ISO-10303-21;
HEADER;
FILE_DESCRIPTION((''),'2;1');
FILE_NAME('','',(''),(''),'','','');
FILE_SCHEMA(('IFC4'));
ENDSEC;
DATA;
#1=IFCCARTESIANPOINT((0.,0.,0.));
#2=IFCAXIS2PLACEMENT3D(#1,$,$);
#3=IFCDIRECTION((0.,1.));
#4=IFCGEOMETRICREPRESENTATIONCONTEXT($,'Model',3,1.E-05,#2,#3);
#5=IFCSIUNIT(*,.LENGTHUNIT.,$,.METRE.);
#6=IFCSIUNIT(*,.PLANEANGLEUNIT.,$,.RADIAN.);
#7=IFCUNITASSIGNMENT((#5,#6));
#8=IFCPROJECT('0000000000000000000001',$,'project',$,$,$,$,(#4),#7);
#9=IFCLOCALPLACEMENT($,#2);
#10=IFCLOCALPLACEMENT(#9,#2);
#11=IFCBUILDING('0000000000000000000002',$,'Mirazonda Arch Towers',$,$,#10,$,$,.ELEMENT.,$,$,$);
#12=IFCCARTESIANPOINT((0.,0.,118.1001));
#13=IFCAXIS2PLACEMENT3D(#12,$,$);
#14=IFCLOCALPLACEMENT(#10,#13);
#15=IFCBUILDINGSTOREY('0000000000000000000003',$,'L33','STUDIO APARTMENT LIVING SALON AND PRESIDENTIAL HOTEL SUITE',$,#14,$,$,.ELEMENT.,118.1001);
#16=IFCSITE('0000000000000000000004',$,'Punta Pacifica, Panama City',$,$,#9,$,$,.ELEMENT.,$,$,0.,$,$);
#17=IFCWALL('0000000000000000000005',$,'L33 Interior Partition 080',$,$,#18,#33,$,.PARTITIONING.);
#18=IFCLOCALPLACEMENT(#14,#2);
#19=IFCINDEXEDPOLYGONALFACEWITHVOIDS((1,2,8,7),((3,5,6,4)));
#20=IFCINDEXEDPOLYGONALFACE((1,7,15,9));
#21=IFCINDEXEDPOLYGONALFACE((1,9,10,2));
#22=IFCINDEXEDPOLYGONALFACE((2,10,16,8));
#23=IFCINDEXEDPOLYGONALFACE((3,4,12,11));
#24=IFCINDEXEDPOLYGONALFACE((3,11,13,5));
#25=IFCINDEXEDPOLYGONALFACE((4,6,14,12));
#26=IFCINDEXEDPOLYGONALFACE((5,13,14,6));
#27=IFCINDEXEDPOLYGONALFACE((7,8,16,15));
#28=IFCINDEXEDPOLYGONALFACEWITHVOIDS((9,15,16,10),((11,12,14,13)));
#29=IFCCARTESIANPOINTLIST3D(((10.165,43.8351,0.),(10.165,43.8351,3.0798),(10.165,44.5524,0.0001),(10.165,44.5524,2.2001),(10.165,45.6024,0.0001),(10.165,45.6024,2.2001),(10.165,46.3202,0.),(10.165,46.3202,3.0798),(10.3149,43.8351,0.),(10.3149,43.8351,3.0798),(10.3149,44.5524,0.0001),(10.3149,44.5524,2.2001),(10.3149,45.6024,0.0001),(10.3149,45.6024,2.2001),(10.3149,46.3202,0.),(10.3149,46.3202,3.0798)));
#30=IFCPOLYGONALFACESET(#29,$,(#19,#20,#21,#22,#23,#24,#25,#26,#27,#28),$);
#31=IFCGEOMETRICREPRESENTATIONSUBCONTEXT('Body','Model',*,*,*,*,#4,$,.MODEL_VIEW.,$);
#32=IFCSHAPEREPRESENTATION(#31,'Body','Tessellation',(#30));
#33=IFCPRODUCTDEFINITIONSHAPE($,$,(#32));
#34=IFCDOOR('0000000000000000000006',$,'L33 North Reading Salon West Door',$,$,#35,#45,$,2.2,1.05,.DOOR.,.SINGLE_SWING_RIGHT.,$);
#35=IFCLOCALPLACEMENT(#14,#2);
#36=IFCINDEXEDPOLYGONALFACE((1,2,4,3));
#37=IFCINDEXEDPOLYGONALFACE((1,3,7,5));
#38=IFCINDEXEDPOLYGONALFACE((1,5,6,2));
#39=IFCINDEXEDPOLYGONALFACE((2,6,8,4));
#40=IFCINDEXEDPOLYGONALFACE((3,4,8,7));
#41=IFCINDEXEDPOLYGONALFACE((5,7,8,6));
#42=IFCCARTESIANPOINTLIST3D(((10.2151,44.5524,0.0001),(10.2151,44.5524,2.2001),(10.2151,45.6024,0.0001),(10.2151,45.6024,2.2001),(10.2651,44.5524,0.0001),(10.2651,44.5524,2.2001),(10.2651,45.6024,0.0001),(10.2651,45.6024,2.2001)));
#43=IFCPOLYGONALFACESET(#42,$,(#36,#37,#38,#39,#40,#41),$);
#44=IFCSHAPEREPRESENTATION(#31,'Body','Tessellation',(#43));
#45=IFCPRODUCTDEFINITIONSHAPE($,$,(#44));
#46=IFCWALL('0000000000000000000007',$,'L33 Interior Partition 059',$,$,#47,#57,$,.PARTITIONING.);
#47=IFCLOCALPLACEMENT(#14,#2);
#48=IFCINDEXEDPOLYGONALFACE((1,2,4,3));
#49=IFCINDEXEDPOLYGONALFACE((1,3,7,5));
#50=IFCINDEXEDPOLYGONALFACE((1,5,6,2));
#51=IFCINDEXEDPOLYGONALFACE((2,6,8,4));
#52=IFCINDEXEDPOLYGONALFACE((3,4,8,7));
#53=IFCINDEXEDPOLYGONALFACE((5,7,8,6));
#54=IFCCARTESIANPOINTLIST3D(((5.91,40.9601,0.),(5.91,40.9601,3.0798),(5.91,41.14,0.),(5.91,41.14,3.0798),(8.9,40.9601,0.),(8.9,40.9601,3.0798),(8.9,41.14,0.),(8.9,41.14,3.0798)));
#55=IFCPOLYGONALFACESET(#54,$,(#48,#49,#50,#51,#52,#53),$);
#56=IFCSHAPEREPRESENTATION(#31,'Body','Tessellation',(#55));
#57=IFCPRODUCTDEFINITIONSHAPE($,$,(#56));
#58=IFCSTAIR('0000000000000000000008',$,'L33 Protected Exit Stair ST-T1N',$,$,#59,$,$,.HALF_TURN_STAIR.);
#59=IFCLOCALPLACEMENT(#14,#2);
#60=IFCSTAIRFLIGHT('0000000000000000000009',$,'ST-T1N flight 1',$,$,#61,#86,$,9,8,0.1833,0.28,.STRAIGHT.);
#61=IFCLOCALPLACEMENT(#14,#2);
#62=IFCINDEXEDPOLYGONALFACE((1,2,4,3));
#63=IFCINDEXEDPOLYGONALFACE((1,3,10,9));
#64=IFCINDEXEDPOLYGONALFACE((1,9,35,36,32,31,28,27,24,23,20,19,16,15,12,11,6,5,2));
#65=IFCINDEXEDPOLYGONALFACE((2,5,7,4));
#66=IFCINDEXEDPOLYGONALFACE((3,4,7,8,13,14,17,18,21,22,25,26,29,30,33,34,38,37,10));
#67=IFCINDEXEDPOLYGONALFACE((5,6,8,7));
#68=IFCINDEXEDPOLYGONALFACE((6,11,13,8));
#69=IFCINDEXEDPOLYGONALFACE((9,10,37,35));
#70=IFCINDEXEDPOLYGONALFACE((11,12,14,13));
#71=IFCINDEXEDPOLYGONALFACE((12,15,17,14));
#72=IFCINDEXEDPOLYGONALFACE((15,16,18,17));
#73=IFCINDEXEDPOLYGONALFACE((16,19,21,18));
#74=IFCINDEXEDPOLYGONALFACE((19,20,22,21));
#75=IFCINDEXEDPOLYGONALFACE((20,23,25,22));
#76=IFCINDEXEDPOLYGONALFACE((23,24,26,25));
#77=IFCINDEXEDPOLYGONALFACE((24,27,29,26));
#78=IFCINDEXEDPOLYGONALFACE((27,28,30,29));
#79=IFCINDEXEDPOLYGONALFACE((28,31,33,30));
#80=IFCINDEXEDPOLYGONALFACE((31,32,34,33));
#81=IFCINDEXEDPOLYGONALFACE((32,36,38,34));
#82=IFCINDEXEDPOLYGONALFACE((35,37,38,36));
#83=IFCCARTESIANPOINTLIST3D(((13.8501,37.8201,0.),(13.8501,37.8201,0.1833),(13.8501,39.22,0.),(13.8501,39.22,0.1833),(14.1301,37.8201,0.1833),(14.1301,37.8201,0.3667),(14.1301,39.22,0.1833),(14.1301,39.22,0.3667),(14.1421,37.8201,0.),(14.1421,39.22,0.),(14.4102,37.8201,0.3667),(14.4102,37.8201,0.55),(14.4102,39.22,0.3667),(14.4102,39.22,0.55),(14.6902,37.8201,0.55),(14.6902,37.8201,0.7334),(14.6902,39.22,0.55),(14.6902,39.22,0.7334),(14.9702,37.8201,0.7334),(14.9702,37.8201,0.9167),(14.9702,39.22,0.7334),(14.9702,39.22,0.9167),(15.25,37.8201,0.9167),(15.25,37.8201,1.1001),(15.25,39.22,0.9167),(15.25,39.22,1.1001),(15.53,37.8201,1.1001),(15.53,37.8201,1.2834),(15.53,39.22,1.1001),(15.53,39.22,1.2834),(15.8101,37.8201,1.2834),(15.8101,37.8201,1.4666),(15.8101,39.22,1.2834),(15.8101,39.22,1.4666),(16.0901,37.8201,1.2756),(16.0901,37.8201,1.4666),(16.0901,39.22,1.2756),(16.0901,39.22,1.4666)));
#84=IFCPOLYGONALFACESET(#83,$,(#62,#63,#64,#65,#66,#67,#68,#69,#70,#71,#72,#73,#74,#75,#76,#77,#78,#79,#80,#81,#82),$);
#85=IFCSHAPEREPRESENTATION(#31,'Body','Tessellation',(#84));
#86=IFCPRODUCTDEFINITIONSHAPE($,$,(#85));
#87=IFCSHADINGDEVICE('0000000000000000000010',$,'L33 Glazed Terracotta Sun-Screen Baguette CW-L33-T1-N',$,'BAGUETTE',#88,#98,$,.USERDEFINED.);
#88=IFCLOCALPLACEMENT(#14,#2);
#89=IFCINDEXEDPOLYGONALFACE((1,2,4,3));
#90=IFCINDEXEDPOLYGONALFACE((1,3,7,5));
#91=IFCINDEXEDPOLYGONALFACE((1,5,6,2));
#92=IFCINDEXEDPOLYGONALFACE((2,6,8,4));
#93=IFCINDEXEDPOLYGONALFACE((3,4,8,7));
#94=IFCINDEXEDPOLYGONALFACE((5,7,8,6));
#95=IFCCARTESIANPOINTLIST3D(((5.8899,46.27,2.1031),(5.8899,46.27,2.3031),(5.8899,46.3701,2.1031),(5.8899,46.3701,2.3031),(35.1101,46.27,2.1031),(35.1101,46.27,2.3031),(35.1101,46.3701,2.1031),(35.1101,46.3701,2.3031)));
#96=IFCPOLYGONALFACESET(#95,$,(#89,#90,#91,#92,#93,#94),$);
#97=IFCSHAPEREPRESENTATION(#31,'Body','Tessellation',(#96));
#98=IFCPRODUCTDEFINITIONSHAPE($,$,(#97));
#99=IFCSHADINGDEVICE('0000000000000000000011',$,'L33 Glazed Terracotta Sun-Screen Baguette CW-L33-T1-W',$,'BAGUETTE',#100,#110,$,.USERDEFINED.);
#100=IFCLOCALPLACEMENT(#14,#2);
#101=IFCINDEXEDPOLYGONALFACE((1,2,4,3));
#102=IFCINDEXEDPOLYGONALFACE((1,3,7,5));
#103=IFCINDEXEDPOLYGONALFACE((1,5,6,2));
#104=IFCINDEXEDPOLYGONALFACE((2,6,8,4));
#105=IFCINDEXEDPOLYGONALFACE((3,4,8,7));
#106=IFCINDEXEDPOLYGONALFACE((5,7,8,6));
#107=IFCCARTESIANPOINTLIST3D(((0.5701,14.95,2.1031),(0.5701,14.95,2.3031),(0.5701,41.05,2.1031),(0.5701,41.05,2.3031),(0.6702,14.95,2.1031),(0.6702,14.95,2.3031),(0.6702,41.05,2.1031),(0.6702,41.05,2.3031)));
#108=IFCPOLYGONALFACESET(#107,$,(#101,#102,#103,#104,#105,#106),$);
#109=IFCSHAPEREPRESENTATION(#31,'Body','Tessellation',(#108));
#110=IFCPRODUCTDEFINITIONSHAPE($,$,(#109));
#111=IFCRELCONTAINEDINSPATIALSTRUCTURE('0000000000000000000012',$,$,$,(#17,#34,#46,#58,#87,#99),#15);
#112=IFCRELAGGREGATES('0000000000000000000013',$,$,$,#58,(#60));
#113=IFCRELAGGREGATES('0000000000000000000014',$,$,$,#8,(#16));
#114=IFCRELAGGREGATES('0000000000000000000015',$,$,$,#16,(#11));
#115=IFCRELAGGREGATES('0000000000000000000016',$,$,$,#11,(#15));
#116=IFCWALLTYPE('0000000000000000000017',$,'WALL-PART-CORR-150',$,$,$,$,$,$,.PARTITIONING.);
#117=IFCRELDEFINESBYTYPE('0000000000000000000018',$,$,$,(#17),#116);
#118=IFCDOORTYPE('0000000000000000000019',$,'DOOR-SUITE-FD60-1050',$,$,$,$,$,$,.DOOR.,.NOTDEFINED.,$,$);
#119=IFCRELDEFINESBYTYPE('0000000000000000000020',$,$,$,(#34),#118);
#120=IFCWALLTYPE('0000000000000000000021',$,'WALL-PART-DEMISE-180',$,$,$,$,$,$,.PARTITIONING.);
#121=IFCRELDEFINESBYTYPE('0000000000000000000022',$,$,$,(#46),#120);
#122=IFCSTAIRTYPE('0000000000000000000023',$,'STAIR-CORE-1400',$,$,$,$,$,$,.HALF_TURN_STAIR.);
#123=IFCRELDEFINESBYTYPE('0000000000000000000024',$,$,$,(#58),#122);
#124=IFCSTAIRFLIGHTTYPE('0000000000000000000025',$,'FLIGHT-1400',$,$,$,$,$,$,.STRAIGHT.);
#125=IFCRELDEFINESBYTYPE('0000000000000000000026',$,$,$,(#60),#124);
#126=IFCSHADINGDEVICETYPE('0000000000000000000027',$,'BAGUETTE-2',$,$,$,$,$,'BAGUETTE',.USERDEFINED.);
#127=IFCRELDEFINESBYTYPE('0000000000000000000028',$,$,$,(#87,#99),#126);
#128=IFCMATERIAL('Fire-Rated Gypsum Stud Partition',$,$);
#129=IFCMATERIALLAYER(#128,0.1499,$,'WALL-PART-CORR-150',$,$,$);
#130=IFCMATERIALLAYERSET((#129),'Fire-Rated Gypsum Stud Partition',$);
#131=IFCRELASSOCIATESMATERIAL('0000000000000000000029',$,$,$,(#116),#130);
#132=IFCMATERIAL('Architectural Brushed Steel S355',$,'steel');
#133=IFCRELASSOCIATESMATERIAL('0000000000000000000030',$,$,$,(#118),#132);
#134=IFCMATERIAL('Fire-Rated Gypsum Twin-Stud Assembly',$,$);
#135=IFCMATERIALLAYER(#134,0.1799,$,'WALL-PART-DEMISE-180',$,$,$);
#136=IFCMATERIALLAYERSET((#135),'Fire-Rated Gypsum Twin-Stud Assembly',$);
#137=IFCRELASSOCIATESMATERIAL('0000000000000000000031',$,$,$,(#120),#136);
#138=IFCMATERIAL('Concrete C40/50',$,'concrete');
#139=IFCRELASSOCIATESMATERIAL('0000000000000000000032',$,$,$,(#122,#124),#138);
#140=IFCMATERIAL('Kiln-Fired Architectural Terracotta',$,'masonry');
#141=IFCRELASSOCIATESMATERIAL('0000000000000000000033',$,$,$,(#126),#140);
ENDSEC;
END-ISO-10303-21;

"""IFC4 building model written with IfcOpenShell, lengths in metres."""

from ifc_helpers import new_model, si_unit, direction, frame, frame_2d, origin, origin_2d, place, context, subcontext, project, spatial, polyline, rectangle, outline, extrude, material, layer, layer_set, material_profile, profile_set, type_object, element, fill, aggregate, save


model = new_model("IFC4")

# Units and contexts
model_context = context("Model", 3, precision=1e-05, world=origin(), true_north=direction((0.0, 1.0)))
body_context = subcontext(model_context, "Body", "Model", "MODEL_VIEW")
ifc_project = project(units=[si_unit("LENGTHUNIT", "METRE"), si_unit("PLANEANGLEUNIT", "RADIAN")], contexts=[model_context])

# Site, building, storey
site_placement = place(None, origin())
site = spatial("IfcSite", under=ifc_project, at=site_placement, Name="Punta Pacifica, Panama City", CompositionType="ELEMENT", RefElevation=0.0)
building_placement = place(site_placement, origin())
building = spatial("IfcBuilding", under=site, at=building_placement, Name="Mirazonda Arch Towers", CompositionType="ELEMENT")
storey_placement = place(building_placement, frame((0.0, 0.0, 118.1001)))
storey = spatial("IfcBuildingStorey", under=building, at=storey_placement, Name="L33", Description="STUDIO APARTMENT LIVING SALON AND PRESIDENTIAL HOTEL SUITE", CompositionType="ELEMENT", Elevation=118.1001)

# Shared definitions
ifc_material_1 = material(Name="Fire-Rated Gypsum Stud Partition")
ifc_layer_1 = layer(ifc_material_1, 0.1499, Name="WALL-PART-CORR-150")
ifc_layer_set_1 = layer_set([ifc_layer_1], Name="Fire-Rated Gypsum Stud Partition")
wall_type_1 = type_object("IfcWallType", Name="WALL-PART-CORR-150", PredefinedType="PARTITIONING", material=ifc_layer_set_1)

# Wall, opening, door
wall_1_placement = place(storey_placement, frame((10.24, 43.835, 0.0), z_axis=(0.0, 0.0, 1.0), x_axis=(0.0, 1.0, 0.0)))
wall_1 = element("IfcWall", 1, at=wall_1_placement, inside=storey, type_object=wall_type_1, Name="L33 Interior Partition 080", PredefinedType="PARTITIONING", context=body_context, shape_type="SweptSolid", body=[
    extrude(rectangle(XDim=2.4851, YDim=0.1499, at=frame_2d((1.2427, 0.0))), origin(), (0.0, 0.0, 1.0), 3.0798),
])
opening_1_placement = place(wall_1_placement, frame((0.7175, 0.0, 0.0)))
opening_1 = element("IfcOpeningElement", 2, at=opening_1_placement, cuts=wall_1, PredefinedType="OPENING", context=body_context, shape_type="SweptSolid", body=[
    extrude(rectangle(XDim=1.05, YDim=2.2, at=frame_2d((0.5249, 1.1001))), frame((0.0, 0.085, 0.0), z_axis=(0.0, -1.0, 0.0), x_axis=(1.0, 0.0, 0.0)), (0.0, 0.0, 1.0), 0.1699),
])
ifc_material_2 = material(Name="Architectural Brushed Steel S355", Category="steel")
door_type_1 = type_object("IfcDoorType", Name="DOOR-SUITE-FD60-1050", OperationType="NOTDEFINED", PredefinedType="DOOR", material=ifc_material_2)
door_1_placement = place(opening_1_placement, origin())
door_1 = element("IfcDoor", 3, at=door_1_placement, inside=storey, type_object=door_type_1, Name="L33 North Reading Salon West Door", OperationType="SINGLE_SWING_RIGHT", OverallHeight=2.2, OverallWidth=1.05, PredefinedType="DOOR", context=body_context, shape_type="SweptSolid", body=[
    extrude(rectangle(XDim=1.05, YDim=2.2, at=frame_2d((0.5249, 1.1001))), frame((0.0, 0.0249, 0.0), z_axis=(0.0, -1.0, 0.0), x_axis=(1.0, 0.0, 0.0)), (0.0, 0.0, 1.0), 0.05),
])
fill(opening_1, door_1)

# Wall
ifc_material_3 = material(Name="Fire-Rated Gypsum Twin-Stud Assembly")
ifc_layer_2 = layer(ifc_material_3, 0.1799, Name="WALL-PART-DEMISE-180")
ifc_layer_set_2 = layer_set([ifc_layer_2], Name="Fire-Rated Gypsum Twin-Stud Assembly")
wall_type_2 = type_object("IfcWallType", Name="WALL-PART-DEMISE-180", PredefinedType="PARTITIONING", material=ifc_layer_set_2)
wall_2_placement = place(storey_placement, frame((5.9099, 41.05, 0.0), z_axis=(0.0, 0.0, 1.0), x_axis=(1.0, 0.0, 0.0)))
element("IfcWall", 4, at=wall_2_placement, inside=storey, type_object=wall_type_2, Name="L33 Interior Partition 059", PredefinedType="PARTITIONING", context=body_context, shape_type="SweptSolid", body=[
    extrude(rectangle(XDim=2.99, YDim=0.1799, at=frame_2d((1.4951, 0.0))), origin(), (0.0, 0.0, 1.0), 3.0798),
])

# Stair, stair flight
ifc_material_4 = material(Name="Concrete C40/50", Category="concrete")
stair_type = type_object("IfcStairType", Name="STAIR-CORE-1400", PredefinedType="HALF_TURN_STAIR", material=ifc_material_4)
stair_placement = place(storey_placement, origin())
stair = element("IfcStair", 5, at=stair_placement, inside=storey, type_object=stair_type, Name="L33 Protected Exit Stair ST-T1N", PredefinedType="HALF_TURN_STAIR")
stair_flight_type = type_object("IfcStairFlightType", Name="FLIGHT-1400", PredefinedType="STRAIGHT", material=ifc_material_4)
stair_flight_placement = place(storey_placement, frame((13.8501, 38.52, 0.0), z_axis=(0.0, 0.0, 1.0), x_axis=(1.0, 0.0, 0.0)))
stair_flight = element("IfcStairFlight", 6, at=stair_flight_placement, type_object=stair_flight_type, Name="ST-T1N flight 1", NumberOfRisers=9, NumberOfTreads=8, PredefinedType="STRAIGHT", RiserHeight=0.1833, TreadLength=0.28, context=body_context, shape_type="SweptSolid", body=[
    extrude(outline(polyline([(0.0, 0.0), (0.0, 0.1833), (0.28, 0.1833), (0.28, 0.3667), (0.5601, 0.3667), (0.5601, 0.55), (0.8401, 0.55), (0.8401, 0.7334), (1.1201, 0.7334), (1.1201, 0.9167), (1.3999, 0.9167), (1.3999, 1.1001), (1.6799, 1.1001), (1.6799, 1.2834), (1.96, 1.2834), (1.96, 1.4666), (2.24, 1.4666), (2.24, 1.6499), (2.24, 1.2756), (0.292, 0.0), (0.0, 0.0)])), frame((0.0, 0.7, 0.0), z_axis=(0.0, -1.0, 0.0), x_axis=(1.0, 0.0, 0.0)), (0.0, 0.0, 1.0), 1.3999),
])
aggregate(stair, [stair_flight])

# Shading devices
ifc_material_5 = material(Name="Kiln-Fired Architectural Terracotta", Category="masonry")
ifc_material_profile_1 = material_profile(ifc_material_5, rectangle(XDim=0.1001, YDim=0.2, at=origin_2d()), Name="TERRA-BAG-100x200")
ifc_profile_set_1 = profile_set([ifc_material_profile_1], Name="Kiln-Fired Architectural Terracotta")
shading_device_type = type_object("IfcShadingDeviceType", Name="BAGUETTE-2", ElementType="BAGUETTE", PredefinedType="USERDEFINED", material=ifc_profile_set_1)
shading_device_1_placement = place(storey_placement, frame((5.8899, 46.3201, 2.2031), z_axis=(1.0, 0.0, 0.0), x_axis=(0.0, 1.0, 0.0)))
element("IfcShadingDevice", 7, at=shading_device_1_placement, inside=storey, type_object=shading_device_type, Name="L33 Glazed Terracotta Sun-Screen Baguette CW-L33-T1-N", ObjectType="BAGUETTE", PredefinedType="USERDEFINED", context=body_context, shape_type="SweptSolid", body=[
    extrude(rectangle(XDim=0.1001, YDim=0.2, at=origin_2d()), origin(), (0.0, 0.0, 1.0), 29.2202),
])
shading_device_2_placement = place(storey_placement, frame((0.6201, 41.05, 2.2031), z_axis=(0.0, -1.0, 0.0), x_axis=(1.0, 0.0, 0.0)))
element("IfcShadingDevice", 8, at=shading_device_2_placement, inside=storey, type_object=shading_device_type, Name="L33 Glazed Terracotta Sun-Screen Baguette CW-L33-T1-W", ObjectType="BAGUETTE", PredefinedType="USERDEFINED", context=body_context, shape_type="SweptSolid", body=[
    extrude(rectangle(XDim=0.1001, YDim=0.2, at=origin_2d()), origin(), (0.0, 0.0, 1.0), 26.1001),
])

save(model, "model.ifc")
